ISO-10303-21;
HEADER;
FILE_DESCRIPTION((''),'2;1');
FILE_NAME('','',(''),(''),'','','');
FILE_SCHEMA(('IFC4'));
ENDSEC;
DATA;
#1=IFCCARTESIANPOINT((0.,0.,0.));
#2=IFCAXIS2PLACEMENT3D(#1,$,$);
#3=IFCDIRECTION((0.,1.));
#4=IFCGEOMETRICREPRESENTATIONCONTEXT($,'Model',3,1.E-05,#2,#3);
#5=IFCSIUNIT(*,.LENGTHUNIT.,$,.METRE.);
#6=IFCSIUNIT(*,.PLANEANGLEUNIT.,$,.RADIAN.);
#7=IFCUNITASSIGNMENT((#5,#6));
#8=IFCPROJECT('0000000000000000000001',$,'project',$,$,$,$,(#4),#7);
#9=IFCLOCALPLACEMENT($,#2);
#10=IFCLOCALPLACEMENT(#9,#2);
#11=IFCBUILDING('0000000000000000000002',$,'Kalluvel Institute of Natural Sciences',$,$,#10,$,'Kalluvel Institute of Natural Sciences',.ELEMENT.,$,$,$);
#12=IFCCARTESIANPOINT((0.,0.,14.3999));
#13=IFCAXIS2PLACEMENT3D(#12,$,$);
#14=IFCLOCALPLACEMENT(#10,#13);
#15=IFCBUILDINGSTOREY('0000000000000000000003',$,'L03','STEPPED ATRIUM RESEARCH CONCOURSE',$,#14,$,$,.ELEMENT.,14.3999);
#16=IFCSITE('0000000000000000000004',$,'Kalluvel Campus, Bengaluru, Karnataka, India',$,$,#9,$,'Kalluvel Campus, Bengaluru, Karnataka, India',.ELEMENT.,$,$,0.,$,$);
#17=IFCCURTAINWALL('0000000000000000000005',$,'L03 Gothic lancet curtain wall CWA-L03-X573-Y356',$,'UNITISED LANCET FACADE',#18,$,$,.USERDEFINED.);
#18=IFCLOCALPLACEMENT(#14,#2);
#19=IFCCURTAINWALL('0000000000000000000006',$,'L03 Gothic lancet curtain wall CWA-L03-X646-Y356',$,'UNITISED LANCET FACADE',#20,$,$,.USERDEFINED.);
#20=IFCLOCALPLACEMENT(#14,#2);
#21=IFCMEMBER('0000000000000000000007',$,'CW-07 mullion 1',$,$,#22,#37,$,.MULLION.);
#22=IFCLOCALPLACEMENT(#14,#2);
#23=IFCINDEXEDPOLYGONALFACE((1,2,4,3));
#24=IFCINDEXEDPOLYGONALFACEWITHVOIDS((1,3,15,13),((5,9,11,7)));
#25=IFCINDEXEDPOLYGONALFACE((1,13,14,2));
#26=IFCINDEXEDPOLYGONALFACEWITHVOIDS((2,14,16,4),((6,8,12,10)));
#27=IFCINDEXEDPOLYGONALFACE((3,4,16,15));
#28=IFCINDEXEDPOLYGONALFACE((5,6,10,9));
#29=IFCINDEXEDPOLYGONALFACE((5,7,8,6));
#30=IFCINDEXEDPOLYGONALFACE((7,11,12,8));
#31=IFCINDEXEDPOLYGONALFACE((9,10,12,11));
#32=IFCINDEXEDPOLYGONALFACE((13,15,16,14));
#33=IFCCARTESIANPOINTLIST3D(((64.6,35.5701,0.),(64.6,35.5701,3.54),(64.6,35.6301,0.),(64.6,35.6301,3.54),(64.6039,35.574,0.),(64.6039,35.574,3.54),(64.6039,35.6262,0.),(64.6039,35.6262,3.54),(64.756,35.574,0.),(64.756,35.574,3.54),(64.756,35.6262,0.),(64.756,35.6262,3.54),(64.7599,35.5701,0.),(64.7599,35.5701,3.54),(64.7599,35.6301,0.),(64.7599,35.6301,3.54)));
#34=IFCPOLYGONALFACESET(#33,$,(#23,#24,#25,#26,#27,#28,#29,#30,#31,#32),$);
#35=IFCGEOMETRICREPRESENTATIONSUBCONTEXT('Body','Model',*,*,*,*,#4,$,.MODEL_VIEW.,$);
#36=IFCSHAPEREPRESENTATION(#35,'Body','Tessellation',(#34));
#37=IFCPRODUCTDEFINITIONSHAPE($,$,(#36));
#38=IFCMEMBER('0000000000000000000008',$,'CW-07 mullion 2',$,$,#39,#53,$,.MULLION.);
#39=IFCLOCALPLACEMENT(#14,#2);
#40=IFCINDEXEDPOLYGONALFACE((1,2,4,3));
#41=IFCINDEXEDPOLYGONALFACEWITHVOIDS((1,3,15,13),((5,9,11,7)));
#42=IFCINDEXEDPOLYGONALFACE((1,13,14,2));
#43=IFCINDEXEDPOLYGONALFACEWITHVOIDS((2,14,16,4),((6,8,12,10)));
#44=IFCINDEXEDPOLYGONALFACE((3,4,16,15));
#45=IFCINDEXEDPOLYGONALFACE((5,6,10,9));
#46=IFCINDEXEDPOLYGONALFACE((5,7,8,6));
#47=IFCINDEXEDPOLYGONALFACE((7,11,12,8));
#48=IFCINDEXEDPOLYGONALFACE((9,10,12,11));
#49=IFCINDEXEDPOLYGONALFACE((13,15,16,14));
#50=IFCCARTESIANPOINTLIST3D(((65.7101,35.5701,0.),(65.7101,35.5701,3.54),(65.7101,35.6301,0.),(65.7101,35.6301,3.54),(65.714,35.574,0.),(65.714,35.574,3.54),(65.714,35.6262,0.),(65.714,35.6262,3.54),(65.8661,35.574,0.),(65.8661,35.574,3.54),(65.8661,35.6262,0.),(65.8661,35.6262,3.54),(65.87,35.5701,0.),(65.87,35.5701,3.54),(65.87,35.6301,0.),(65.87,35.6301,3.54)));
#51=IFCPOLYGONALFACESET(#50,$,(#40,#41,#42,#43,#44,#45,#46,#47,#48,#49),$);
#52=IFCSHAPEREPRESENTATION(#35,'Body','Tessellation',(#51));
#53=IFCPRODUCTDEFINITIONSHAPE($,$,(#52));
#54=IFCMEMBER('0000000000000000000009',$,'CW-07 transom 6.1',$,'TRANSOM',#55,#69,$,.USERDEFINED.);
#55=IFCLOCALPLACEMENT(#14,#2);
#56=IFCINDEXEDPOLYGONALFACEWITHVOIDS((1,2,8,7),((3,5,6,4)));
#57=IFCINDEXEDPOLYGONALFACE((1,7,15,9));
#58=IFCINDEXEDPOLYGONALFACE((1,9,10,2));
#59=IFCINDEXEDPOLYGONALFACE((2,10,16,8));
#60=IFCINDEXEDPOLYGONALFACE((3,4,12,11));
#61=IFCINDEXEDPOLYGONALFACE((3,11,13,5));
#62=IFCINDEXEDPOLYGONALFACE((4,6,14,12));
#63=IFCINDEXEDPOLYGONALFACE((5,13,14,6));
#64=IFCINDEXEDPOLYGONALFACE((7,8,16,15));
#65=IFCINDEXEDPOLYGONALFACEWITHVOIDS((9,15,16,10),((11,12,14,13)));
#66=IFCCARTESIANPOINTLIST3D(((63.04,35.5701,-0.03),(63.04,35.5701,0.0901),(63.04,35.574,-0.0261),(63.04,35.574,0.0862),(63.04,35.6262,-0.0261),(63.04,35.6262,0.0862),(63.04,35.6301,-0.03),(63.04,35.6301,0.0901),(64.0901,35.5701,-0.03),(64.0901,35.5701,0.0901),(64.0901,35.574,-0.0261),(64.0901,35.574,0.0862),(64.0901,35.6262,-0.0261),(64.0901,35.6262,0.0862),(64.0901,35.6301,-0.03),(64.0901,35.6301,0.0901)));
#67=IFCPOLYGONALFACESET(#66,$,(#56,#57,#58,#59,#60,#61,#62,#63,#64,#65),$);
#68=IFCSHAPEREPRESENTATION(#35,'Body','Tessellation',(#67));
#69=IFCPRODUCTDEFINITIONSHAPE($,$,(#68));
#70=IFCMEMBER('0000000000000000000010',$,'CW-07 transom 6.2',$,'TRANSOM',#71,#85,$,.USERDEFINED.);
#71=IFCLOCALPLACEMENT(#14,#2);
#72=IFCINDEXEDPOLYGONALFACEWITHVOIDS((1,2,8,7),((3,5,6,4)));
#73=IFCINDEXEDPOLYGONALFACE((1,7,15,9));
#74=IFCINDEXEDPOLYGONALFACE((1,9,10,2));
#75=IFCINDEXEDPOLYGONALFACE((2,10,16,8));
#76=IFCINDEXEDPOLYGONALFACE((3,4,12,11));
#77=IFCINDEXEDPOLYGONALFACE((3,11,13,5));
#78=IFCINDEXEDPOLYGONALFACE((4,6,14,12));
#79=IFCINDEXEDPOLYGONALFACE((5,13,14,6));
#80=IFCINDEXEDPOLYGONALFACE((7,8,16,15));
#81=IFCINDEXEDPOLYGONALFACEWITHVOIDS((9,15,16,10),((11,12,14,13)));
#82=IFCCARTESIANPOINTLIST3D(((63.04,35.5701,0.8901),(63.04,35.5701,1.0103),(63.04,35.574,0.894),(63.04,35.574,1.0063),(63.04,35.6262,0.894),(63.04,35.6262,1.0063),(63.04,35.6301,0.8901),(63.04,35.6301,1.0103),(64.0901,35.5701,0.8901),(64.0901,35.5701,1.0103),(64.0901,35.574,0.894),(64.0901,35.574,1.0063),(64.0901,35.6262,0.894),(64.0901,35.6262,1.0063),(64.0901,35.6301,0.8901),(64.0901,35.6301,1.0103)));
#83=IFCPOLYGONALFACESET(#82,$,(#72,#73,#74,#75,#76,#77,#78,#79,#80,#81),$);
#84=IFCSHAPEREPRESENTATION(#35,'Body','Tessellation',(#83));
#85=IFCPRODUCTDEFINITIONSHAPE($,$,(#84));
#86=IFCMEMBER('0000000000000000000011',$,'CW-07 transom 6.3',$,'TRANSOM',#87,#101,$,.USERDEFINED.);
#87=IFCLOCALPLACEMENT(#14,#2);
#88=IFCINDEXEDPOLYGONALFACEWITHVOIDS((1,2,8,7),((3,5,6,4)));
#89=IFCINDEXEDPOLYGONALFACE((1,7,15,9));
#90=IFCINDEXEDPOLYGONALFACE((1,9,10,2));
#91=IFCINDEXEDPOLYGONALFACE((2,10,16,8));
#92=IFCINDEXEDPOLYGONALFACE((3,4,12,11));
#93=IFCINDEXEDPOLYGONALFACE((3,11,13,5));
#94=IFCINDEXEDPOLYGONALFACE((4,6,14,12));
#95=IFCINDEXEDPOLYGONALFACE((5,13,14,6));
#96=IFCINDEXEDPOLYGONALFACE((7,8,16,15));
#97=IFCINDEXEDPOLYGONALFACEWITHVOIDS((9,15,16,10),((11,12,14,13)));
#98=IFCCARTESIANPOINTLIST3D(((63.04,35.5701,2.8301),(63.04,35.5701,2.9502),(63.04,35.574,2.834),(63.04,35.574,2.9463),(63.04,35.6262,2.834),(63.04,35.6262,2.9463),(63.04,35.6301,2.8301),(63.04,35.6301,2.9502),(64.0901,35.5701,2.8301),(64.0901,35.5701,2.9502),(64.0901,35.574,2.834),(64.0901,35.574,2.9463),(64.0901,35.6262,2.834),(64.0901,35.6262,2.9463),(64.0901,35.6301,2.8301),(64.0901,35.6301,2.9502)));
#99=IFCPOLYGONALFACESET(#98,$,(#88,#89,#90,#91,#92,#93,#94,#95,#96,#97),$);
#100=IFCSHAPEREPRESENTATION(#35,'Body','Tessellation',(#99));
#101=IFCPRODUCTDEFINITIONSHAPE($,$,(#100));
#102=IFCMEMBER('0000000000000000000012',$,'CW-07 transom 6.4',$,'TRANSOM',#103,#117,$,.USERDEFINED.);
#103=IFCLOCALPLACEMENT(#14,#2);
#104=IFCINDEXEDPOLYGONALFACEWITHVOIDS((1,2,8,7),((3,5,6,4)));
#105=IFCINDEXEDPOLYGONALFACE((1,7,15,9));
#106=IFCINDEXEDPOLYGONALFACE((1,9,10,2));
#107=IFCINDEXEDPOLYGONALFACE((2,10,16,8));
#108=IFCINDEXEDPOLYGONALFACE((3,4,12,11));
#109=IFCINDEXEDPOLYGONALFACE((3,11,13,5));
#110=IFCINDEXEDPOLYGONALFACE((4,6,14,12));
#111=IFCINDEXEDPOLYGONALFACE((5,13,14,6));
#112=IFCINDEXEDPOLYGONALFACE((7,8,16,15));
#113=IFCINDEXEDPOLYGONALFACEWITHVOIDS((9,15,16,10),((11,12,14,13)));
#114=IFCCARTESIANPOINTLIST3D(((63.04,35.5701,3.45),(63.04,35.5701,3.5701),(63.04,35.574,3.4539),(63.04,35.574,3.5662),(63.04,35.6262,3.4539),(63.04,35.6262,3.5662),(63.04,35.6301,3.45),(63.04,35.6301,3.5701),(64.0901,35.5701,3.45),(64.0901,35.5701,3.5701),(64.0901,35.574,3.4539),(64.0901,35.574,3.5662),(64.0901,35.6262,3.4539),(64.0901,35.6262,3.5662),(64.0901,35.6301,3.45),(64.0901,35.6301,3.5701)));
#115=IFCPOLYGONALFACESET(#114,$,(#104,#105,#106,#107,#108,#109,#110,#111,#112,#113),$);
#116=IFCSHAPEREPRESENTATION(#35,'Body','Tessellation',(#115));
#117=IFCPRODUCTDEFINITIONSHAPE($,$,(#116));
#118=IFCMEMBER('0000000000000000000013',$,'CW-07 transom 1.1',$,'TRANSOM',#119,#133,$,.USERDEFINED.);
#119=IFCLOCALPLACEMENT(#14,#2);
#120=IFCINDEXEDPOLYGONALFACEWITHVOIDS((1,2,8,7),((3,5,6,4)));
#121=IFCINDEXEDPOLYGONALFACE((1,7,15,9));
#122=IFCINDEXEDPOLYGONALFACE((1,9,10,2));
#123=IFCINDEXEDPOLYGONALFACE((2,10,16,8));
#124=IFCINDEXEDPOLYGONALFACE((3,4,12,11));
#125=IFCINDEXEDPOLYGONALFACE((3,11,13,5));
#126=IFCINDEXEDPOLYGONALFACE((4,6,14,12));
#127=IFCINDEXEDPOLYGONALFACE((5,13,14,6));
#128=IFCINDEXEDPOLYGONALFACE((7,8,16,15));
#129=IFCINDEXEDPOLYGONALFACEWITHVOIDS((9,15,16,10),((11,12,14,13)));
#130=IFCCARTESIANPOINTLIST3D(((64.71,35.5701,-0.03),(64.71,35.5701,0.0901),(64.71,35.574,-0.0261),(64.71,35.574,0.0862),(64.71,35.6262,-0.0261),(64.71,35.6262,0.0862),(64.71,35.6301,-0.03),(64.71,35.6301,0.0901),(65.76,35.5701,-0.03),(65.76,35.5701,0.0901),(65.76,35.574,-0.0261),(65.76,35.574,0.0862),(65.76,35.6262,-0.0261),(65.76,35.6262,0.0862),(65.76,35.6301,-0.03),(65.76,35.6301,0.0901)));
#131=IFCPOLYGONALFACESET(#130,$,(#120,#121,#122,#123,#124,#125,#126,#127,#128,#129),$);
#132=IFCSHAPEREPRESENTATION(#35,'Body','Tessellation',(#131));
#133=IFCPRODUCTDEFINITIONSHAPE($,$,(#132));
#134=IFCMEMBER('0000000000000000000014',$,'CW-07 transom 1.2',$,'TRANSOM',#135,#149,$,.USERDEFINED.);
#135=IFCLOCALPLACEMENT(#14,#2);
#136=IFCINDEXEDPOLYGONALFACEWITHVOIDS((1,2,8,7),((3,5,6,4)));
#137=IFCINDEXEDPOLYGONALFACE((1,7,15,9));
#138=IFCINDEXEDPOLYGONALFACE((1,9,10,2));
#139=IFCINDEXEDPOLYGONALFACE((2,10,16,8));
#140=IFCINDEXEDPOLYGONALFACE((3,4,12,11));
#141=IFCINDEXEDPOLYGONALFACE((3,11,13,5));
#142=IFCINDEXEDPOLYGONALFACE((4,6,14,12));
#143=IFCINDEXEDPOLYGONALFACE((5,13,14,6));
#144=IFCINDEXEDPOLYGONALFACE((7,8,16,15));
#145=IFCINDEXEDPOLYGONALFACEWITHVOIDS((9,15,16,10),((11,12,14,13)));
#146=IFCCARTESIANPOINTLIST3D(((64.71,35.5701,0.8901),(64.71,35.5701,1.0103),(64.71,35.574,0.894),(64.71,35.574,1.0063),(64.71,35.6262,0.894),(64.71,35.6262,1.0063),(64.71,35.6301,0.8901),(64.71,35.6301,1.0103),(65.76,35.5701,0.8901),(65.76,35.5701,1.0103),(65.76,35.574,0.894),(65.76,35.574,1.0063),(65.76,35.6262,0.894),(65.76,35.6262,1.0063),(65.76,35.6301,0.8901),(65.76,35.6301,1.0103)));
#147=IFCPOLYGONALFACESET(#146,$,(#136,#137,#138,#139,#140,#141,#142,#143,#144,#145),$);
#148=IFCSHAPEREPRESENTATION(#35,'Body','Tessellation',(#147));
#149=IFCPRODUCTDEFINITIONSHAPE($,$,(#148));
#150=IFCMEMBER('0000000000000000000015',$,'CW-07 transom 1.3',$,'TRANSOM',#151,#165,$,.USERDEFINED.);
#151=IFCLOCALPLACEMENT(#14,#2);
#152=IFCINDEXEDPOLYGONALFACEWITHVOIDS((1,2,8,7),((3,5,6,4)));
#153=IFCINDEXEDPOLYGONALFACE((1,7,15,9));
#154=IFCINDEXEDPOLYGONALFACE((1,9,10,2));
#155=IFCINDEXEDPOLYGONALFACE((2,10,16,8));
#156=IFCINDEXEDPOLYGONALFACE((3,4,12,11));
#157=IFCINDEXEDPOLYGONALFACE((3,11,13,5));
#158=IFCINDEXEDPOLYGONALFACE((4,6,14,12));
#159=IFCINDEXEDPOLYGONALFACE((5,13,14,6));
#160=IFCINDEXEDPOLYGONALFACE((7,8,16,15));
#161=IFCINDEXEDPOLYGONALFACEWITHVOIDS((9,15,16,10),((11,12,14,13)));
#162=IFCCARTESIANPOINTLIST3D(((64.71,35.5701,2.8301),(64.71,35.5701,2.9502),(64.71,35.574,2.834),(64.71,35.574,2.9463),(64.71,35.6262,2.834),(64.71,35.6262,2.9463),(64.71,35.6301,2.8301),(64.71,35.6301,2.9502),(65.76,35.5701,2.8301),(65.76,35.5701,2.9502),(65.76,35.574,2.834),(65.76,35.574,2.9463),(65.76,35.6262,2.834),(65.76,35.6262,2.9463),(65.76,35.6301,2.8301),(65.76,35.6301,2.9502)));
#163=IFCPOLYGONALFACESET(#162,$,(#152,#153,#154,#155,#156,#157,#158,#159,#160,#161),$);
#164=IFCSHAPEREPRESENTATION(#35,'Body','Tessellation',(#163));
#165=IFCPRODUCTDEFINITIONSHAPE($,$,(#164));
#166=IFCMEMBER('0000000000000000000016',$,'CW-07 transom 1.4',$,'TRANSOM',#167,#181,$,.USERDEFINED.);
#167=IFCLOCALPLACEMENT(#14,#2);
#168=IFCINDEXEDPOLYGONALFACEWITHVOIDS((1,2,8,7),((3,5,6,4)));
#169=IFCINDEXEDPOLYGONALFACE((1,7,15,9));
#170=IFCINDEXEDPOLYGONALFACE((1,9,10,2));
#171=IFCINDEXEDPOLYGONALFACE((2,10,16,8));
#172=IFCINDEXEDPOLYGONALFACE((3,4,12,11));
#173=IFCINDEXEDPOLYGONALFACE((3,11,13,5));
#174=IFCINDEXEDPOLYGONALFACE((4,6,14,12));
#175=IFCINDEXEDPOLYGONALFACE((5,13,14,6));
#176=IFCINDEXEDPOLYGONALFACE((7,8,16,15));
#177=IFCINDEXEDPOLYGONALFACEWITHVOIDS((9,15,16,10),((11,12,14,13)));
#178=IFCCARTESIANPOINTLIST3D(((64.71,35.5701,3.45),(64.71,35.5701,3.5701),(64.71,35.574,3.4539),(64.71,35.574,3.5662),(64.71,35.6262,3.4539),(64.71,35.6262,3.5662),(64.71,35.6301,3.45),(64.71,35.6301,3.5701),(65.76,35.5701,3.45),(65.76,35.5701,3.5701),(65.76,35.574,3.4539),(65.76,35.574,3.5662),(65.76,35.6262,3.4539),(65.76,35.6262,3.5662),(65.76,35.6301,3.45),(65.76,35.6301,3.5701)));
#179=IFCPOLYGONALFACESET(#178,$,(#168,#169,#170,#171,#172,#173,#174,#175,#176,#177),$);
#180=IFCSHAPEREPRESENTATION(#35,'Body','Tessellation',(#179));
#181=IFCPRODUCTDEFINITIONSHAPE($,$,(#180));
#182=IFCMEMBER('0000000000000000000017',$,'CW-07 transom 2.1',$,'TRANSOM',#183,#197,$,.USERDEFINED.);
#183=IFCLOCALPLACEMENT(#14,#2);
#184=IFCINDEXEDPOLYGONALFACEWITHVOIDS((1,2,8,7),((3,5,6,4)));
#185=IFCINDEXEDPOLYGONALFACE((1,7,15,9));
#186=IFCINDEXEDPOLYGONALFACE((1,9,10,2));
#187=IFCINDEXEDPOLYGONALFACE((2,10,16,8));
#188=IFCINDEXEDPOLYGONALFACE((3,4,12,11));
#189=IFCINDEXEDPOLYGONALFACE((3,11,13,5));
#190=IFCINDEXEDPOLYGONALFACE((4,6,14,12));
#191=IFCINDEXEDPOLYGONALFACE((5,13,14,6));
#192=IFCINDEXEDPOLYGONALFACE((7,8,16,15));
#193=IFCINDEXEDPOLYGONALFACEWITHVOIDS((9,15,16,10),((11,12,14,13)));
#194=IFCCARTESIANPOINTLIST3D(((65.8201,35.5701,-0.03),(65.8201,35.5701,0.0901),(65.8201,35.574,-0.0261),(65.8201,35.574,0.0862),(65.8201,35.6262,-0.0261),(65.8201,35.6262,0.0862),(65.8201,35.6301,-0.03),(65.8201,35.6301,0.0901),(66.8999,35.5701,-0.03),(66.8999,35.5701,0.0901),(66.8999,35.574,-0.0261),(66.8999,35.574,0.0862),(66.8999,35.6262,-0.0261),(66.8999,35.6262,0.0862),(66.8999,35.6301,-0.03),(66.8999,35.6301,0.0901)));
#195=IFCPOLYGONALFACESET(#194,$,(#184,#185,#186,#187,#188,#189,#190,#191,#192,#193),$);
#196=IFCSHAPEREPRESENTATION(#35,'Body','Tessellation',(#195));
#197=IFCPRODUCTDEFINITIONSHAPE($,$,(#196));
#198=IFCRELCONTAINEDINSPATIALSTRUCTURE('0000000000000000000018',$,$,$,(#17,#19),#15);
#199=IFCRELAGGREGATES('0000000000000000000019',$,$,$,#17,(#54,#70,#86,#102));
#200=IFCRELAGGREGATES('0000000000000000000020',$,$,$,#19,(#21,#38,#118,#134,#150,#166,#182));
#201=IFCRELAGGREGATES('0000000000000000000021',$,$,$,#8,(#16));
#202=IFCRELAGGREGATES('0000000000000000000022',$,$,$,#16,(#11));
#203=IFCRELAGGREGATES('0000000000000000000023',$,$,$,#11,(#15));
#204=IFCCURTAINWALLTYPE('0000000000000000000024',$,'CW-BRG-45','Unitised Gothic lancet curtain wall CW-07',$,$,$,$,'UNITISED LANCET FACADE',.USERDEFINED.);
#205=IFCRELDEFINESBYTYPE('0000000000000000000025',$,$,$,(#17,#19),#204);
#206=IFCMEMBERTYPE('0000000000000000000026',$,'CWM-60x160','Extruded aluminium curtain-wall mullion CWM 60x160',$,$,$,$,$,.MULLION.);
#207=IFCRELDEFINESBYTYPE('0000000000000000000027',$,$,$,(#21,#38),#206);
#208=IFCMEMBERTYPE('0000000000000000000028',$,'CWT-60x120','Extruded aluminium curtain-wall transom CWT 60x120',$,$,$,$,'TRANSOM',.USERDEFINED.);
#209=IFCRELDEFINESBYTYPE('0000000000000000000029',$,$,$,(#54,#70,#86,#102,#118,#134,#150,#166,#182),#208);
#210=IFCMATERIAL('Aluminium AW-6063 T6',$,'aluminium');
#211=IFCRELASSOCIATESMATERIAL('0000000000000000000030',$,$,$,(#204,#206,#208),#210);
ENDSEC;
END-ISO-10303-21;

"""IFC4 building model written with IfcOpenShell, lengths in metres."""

from ifc_helpers import new_model, si_unit, direction, frame, origin, origin_2d, place, context, subcontext, project, spatial, hollow_rectangle, extrude, material, material_profile, profile_set, type_object, element, aggregate, save


model = new_model("IFC4")

# Units and contexts
model_context = context("Model", 3, precision=1e-05, world=origin(), true_north=direction((0.0, 1.0)))
body_context = subcontext(model_context, "Body", "Model", "MODEL_VIEW")
ifc_project = project(units=[si_unit("LENGTHUNIT", "METRE"), si_unit("PLANEANGLEUNIT", "RADIAN")], contexts=[model_context])

# Site, building, storey
site_placement = place(None, origin())
site = spatial("IfcSite", under=ifc_project, at=site_placement, Name="Kalluvel Campus, Bengaluru, Karnataka, India", LongName="Kalluvel Campus, Bengaluru, Karnataka, India", CompositionType="ELEMENT", RefElevation=0.0)
building_placement = place(site_placement, origin())
building = spatial("IfcBuilding", under=site, at=building_placement, Name="Kalluvel Institute of Natural Sciences", LongName="Kalluvel Institute of Natural Sciences", CompositionType="ELEMENT")
storey_placement = place(building_placement, frame((0.0, 0.0, 14.3999)))
storey = spatial("IfcBuildingStorey", under=building, at=storey_placement, Name="L03", Description="STEPPED ATRIUM RESEARCH CONCOURSE", CompositionType="ELEMENT", Elevation=14.3999)

# Curtain walls, members
ifc_material_1 = material(Name="Aluminium AW-6063 T6", Category="aluminium")
curtain_wall_type = type_object("IfcCurtainWallType", Name="CW-BRG-45", Description="Unitised Gothic lancet curtain wall CW-07", ElementType="UNITISED LANCET FACADE", PredefinedType="USERDEFINED", material=ifc_material_1)
curtain_wall_1_placement = place(storey_placement, origin())
curtain_wall_1 = element("IfcCurtainWall", 1, at=curtain_wall_1_placement, inside=storey, type_object=curtain_wall_type, Name="L03 Gothic lancet curtain wall CWA-L03-X573-Y356", ObjectType="UNITISED LANCET FACADE", PredefinedType="USERDEFINED")
ifc_material_profile_1 = material_profile(ifc_material_1, hollow_rectangle(XDim=0.0601, YDim=0.1599, WallThickness=0.0039, at=origin_2d()), Name="CWM 60x160")
ifc_profile_set_1 = profile_set([ifc_material_profile_1], Name="Aluminium AW-6063 T6")
member_type_1 = type_object("IfcMemberType", Name="CWM-60x160", Description="Extruded aluminium curtain-wall mullion CWM 60x160", PredefinedType="MULLION", material=ifc_profile_set_1)
curtain_wall_2_placement = place(storey_placement, origin())
curtain_wall_2 = element("IfcCurtainWall", 2, at=curtain_wall_2_placement, inside=storey, type_object=curtain_wall_type, Name="L03 Gothic lancet curtain wall CWA-L03-X646-Y356", ObjectType="UNITISED LANCET FACADE", PredefinedType="USERDEFINED")
member_1_placement = place(storey_placement, frame((64.6799, 35.6001, 0.0), z_axis=(0.0, 0.0, 1.0), x_axis=(0.0, 1.0, 0.0)))
member_1 = element("IfcMember", 3, at=member_1_placement, type_object=member_type_1, Name="CW-07 mullion 1", PredefinedType="MULLION", context=body_context, shape_type="SweptSolid", body=[
    extrude(hollow_rectangle(XDim=0.0601, YDim=0.1599, WallThickness=0.0039, at=origin_2d()), origin(), (0.0, 0.0, 1.0), 3.54),
])
member_2_placement = place(storey_placement, frame((65.79, 35.6001, 0.0), z_axis=(0.0, 0.0, 1.0), x_axis=(0.0, 1.0, 0.0)))
member_2 = element("IfcMember", 4, at=member_2_placement, type_object=member_type_1, Name="CW-07 mullion 2", PredefinedType="MULLION", context=body_context, shape_type="SweptSolid", body=[
    extrude(hollow_rectangle(XDim=0.0601, YDim=0.1599, WallThickness=0.0039, at=origin_2d()), origin(), (0.0, 0.0, 1.0), 3.54),
])

# Members
ifc_material_profile_2 = material_profile(ifc_material_1, hollow_rectangle(XDim=0.0601, YDim=0.1201, WallThickness=0.0039, at=origin_2d()), Name="CWT 60x120")
ifc_profile_set_2 = profile_set([ifc_material_profile_2], Name="Aluminium AW-6063 T6")
member_type_2 = type_object("IfcMemberType", Name="CWT-60x120", Description="Extruded aluminium curtain-wall transom CWT 60x120", ElementType="TRANSOM", PredefinedType="USERDEFINED", material=ifc_profile_set_2)
member_3_placement = place(storey_placement, frame((63.04, 35.6001, 0.03), z_axis=(1.0, 0.0, 0.0), x_axis=(0.0, 1.0, 0.0)))
member_3 = element("IfcMember", 5, at=member_3_placement, type_object=member_type_2, Name="CW-07 transom 6.1", ObjectType="TRANSOM", PredefinedType="USERDEFINED", context=body_context, shape_type="SweptSolid", body=[
    extrude(hollow_rectangle(XDim=0.0601, YDim=0.1201, WallThickness=0.0039, at=origin_2d()), origin(), (0.0, 0.0, 1.0), 1.05),
])
member_4_placement = place(storey_placement, frame((63.04, 35.6001, 0.9502), z_axis=(1.0, 0.0, 0.0), x_axis=(0.0, 1.0, 0.0)))
member_4 = element("IfcMember", 6, at=member_4_placement, type_object=member_type_2, Name="CW-07 transom 6.2", ObjectType="TRANSOM", PredefinedType="USERDEFINED", context=body_context, shape_type="SweptSolid", body=[
    extrude(hollow_rectangle(XDim=0.0601, YDim=0.1201, WallThickness=0.0039, at=origin_2d()), origin(), (0.0, 0.0, 1.0), 1.05),
])
member_5_placement = place(storey_placement, frame((63.04, 35.6001, 2.8901), z_axis=(1.0, 0.0, 0.0), x_axis=(0.0, 1.0, 0.0)))
member_5 = element("IfcMember", 7, at=member_5_placement, type_object=member_type_2, Name="CW-07 transom 6.3", ObjectType="TRANSOM", PredefinedType="USERDEFINED", context=body_context, shape_type="SweptSolid", body=[
    extrude(hollow_rectangle(XDim=0.0601, YDim=0.1201, WallThickness=0.0039, at=origin_2d()), origin(), (0.0, 0.0, 1.0), 1.05),
])
member_6_placement = place(storey_placement, frame((63.04, 35.6001, 3.51), z_axis=(1.0, 0.0, 0.0), x_axis=(0.0, 1.0, 0.0)))
member_6 = element("IfcMember", 8, at=member_6_placement, type_object=member_type_2, Name="CW-07 transom 6.4", ObjectType="TRANSOM", PredefinedType="USERDEFINED", context=body_context, shape_type="SweptSolid", body=[
    extrude(hollow_rectangle(XDim=0.0601, YDim=0.1201, WallThickness=0.0039, at=origin_2d()), origin(), (0.0, 0.0, 1.0), 1.05),
])
member_7_placement = place(storey_placement, frame((64.71, 35.6001, 0.03), z_axis=(1.0, 0.0, 0.0), x_axis=(0.0, 1.0, 0.0)))
member_7 = element("IfcMember", 9, at=member_7_placement, type_object=member_type_2, Name="CW-07 transom 1.1", ObjectType="TRANSOM", PredefinedType="USERDEFINED", context=body_context, shape_type="SweptSolid", body=[
    extrude(hollow_rectangle(XDim=0.0601, YDim=0.1201, WallThickness=0.0039, at=origin_2d()), origin(), (0.0, 0.0, 1.0), 1.05),
])
member_8_placement = place(storey_placement, frame((64.71, 35.6001, 0.9502), z_axis=(1.0, 0.0, 0.0), x_axis=(0.0, 1.0, 0.0)))
member_8 = element("IfcMember", 10, at=member_8_placement, type_object=member_type_2, Name="CW-07 transom 1.2", ObjectType="TRANSOM", PredefinedType="USERDEFINED", context=body_context, shape_type="SweptSolid", body=[
    extrude(hollow_rectangle(XDim=0.0601, YDim=0.1201, WallThickness=0.0039, at=origin_2d()), origin(), (0.0, 0.0, 1.0), 1.05),
])
member_9_placement = place(storey_placement, frame((64.71, 35.6001, 2.8901), z_axis=(1.0, 0.0, 0.0), x_axis=(0.0, 1.0, 0.0)))
member_9 = element("IfcMember", 11, at=member_9_placement, type_object=member_type_2, Name="CW-07 transom 1.3", ObjectType="TRANSOM", PredefinedType="USERDEFINED", context=body_context, shape_type="SweptSolid", body=[
    extrude(hollow_rectangle(XDim=0.0601, YDim=0.1201, WallThickness=0.0039, at=origin_2d()), origin(), (0.0, 0.0, 1.0), 1.05),
])
member_10_placement = place(storey_placement, frame((64.71, 35.6001, 3.51), z_axis=(1.0, 0.0, 0.0), x_axis=(0.0, 1.0, 0.0)))
member_10 = element("IfcMember", 12, at=member_10_placement, type_object=member_type_2, Name="CW-07 transom 1.4", ObjectType="TRANSOM", PredefinedType="USERDEFINED", context=body_context, shape_type="SweptSolid", body=[
    extrude(hollow_rectangle(XDim=0.0601, YDim=0.1201, WallThickness=0.0039, at=origin_2d()), origin(), (0.0, 0.0, 1.0), 1.05),
])
member_11_placement = place(storey_placement, frame((65.8201, 35.6001, 0.03), z_axis=(1.0, 0.0, 0.0), x_axis=(0.0, 1.0, 0.0)))
member_11 = element("IfcMember", 13, at=member_11_placement, type_object=member_type_2, Name="CW-07 transom 2.1", ObjectType="TRANSOM", PredefinedType="USERDEFINED", context=body_context, shape_type="SweptSolid", body=[
    extrude(hollow_rectangle(XDim=0.0601, YDim=0.1201, WallThickness=0.0039, at=origin_2d()), origin(), (0.0, 0.0, 1.0), 1.0798),
])

aggregate(curtain_wall_1, [member_3, member_4, member_5, member_6])
aggregate(curtain_wall_2, [member_1, member_2, member_7, member_8, member_9, member_10, member_11])

save(model, "model.ifc")
